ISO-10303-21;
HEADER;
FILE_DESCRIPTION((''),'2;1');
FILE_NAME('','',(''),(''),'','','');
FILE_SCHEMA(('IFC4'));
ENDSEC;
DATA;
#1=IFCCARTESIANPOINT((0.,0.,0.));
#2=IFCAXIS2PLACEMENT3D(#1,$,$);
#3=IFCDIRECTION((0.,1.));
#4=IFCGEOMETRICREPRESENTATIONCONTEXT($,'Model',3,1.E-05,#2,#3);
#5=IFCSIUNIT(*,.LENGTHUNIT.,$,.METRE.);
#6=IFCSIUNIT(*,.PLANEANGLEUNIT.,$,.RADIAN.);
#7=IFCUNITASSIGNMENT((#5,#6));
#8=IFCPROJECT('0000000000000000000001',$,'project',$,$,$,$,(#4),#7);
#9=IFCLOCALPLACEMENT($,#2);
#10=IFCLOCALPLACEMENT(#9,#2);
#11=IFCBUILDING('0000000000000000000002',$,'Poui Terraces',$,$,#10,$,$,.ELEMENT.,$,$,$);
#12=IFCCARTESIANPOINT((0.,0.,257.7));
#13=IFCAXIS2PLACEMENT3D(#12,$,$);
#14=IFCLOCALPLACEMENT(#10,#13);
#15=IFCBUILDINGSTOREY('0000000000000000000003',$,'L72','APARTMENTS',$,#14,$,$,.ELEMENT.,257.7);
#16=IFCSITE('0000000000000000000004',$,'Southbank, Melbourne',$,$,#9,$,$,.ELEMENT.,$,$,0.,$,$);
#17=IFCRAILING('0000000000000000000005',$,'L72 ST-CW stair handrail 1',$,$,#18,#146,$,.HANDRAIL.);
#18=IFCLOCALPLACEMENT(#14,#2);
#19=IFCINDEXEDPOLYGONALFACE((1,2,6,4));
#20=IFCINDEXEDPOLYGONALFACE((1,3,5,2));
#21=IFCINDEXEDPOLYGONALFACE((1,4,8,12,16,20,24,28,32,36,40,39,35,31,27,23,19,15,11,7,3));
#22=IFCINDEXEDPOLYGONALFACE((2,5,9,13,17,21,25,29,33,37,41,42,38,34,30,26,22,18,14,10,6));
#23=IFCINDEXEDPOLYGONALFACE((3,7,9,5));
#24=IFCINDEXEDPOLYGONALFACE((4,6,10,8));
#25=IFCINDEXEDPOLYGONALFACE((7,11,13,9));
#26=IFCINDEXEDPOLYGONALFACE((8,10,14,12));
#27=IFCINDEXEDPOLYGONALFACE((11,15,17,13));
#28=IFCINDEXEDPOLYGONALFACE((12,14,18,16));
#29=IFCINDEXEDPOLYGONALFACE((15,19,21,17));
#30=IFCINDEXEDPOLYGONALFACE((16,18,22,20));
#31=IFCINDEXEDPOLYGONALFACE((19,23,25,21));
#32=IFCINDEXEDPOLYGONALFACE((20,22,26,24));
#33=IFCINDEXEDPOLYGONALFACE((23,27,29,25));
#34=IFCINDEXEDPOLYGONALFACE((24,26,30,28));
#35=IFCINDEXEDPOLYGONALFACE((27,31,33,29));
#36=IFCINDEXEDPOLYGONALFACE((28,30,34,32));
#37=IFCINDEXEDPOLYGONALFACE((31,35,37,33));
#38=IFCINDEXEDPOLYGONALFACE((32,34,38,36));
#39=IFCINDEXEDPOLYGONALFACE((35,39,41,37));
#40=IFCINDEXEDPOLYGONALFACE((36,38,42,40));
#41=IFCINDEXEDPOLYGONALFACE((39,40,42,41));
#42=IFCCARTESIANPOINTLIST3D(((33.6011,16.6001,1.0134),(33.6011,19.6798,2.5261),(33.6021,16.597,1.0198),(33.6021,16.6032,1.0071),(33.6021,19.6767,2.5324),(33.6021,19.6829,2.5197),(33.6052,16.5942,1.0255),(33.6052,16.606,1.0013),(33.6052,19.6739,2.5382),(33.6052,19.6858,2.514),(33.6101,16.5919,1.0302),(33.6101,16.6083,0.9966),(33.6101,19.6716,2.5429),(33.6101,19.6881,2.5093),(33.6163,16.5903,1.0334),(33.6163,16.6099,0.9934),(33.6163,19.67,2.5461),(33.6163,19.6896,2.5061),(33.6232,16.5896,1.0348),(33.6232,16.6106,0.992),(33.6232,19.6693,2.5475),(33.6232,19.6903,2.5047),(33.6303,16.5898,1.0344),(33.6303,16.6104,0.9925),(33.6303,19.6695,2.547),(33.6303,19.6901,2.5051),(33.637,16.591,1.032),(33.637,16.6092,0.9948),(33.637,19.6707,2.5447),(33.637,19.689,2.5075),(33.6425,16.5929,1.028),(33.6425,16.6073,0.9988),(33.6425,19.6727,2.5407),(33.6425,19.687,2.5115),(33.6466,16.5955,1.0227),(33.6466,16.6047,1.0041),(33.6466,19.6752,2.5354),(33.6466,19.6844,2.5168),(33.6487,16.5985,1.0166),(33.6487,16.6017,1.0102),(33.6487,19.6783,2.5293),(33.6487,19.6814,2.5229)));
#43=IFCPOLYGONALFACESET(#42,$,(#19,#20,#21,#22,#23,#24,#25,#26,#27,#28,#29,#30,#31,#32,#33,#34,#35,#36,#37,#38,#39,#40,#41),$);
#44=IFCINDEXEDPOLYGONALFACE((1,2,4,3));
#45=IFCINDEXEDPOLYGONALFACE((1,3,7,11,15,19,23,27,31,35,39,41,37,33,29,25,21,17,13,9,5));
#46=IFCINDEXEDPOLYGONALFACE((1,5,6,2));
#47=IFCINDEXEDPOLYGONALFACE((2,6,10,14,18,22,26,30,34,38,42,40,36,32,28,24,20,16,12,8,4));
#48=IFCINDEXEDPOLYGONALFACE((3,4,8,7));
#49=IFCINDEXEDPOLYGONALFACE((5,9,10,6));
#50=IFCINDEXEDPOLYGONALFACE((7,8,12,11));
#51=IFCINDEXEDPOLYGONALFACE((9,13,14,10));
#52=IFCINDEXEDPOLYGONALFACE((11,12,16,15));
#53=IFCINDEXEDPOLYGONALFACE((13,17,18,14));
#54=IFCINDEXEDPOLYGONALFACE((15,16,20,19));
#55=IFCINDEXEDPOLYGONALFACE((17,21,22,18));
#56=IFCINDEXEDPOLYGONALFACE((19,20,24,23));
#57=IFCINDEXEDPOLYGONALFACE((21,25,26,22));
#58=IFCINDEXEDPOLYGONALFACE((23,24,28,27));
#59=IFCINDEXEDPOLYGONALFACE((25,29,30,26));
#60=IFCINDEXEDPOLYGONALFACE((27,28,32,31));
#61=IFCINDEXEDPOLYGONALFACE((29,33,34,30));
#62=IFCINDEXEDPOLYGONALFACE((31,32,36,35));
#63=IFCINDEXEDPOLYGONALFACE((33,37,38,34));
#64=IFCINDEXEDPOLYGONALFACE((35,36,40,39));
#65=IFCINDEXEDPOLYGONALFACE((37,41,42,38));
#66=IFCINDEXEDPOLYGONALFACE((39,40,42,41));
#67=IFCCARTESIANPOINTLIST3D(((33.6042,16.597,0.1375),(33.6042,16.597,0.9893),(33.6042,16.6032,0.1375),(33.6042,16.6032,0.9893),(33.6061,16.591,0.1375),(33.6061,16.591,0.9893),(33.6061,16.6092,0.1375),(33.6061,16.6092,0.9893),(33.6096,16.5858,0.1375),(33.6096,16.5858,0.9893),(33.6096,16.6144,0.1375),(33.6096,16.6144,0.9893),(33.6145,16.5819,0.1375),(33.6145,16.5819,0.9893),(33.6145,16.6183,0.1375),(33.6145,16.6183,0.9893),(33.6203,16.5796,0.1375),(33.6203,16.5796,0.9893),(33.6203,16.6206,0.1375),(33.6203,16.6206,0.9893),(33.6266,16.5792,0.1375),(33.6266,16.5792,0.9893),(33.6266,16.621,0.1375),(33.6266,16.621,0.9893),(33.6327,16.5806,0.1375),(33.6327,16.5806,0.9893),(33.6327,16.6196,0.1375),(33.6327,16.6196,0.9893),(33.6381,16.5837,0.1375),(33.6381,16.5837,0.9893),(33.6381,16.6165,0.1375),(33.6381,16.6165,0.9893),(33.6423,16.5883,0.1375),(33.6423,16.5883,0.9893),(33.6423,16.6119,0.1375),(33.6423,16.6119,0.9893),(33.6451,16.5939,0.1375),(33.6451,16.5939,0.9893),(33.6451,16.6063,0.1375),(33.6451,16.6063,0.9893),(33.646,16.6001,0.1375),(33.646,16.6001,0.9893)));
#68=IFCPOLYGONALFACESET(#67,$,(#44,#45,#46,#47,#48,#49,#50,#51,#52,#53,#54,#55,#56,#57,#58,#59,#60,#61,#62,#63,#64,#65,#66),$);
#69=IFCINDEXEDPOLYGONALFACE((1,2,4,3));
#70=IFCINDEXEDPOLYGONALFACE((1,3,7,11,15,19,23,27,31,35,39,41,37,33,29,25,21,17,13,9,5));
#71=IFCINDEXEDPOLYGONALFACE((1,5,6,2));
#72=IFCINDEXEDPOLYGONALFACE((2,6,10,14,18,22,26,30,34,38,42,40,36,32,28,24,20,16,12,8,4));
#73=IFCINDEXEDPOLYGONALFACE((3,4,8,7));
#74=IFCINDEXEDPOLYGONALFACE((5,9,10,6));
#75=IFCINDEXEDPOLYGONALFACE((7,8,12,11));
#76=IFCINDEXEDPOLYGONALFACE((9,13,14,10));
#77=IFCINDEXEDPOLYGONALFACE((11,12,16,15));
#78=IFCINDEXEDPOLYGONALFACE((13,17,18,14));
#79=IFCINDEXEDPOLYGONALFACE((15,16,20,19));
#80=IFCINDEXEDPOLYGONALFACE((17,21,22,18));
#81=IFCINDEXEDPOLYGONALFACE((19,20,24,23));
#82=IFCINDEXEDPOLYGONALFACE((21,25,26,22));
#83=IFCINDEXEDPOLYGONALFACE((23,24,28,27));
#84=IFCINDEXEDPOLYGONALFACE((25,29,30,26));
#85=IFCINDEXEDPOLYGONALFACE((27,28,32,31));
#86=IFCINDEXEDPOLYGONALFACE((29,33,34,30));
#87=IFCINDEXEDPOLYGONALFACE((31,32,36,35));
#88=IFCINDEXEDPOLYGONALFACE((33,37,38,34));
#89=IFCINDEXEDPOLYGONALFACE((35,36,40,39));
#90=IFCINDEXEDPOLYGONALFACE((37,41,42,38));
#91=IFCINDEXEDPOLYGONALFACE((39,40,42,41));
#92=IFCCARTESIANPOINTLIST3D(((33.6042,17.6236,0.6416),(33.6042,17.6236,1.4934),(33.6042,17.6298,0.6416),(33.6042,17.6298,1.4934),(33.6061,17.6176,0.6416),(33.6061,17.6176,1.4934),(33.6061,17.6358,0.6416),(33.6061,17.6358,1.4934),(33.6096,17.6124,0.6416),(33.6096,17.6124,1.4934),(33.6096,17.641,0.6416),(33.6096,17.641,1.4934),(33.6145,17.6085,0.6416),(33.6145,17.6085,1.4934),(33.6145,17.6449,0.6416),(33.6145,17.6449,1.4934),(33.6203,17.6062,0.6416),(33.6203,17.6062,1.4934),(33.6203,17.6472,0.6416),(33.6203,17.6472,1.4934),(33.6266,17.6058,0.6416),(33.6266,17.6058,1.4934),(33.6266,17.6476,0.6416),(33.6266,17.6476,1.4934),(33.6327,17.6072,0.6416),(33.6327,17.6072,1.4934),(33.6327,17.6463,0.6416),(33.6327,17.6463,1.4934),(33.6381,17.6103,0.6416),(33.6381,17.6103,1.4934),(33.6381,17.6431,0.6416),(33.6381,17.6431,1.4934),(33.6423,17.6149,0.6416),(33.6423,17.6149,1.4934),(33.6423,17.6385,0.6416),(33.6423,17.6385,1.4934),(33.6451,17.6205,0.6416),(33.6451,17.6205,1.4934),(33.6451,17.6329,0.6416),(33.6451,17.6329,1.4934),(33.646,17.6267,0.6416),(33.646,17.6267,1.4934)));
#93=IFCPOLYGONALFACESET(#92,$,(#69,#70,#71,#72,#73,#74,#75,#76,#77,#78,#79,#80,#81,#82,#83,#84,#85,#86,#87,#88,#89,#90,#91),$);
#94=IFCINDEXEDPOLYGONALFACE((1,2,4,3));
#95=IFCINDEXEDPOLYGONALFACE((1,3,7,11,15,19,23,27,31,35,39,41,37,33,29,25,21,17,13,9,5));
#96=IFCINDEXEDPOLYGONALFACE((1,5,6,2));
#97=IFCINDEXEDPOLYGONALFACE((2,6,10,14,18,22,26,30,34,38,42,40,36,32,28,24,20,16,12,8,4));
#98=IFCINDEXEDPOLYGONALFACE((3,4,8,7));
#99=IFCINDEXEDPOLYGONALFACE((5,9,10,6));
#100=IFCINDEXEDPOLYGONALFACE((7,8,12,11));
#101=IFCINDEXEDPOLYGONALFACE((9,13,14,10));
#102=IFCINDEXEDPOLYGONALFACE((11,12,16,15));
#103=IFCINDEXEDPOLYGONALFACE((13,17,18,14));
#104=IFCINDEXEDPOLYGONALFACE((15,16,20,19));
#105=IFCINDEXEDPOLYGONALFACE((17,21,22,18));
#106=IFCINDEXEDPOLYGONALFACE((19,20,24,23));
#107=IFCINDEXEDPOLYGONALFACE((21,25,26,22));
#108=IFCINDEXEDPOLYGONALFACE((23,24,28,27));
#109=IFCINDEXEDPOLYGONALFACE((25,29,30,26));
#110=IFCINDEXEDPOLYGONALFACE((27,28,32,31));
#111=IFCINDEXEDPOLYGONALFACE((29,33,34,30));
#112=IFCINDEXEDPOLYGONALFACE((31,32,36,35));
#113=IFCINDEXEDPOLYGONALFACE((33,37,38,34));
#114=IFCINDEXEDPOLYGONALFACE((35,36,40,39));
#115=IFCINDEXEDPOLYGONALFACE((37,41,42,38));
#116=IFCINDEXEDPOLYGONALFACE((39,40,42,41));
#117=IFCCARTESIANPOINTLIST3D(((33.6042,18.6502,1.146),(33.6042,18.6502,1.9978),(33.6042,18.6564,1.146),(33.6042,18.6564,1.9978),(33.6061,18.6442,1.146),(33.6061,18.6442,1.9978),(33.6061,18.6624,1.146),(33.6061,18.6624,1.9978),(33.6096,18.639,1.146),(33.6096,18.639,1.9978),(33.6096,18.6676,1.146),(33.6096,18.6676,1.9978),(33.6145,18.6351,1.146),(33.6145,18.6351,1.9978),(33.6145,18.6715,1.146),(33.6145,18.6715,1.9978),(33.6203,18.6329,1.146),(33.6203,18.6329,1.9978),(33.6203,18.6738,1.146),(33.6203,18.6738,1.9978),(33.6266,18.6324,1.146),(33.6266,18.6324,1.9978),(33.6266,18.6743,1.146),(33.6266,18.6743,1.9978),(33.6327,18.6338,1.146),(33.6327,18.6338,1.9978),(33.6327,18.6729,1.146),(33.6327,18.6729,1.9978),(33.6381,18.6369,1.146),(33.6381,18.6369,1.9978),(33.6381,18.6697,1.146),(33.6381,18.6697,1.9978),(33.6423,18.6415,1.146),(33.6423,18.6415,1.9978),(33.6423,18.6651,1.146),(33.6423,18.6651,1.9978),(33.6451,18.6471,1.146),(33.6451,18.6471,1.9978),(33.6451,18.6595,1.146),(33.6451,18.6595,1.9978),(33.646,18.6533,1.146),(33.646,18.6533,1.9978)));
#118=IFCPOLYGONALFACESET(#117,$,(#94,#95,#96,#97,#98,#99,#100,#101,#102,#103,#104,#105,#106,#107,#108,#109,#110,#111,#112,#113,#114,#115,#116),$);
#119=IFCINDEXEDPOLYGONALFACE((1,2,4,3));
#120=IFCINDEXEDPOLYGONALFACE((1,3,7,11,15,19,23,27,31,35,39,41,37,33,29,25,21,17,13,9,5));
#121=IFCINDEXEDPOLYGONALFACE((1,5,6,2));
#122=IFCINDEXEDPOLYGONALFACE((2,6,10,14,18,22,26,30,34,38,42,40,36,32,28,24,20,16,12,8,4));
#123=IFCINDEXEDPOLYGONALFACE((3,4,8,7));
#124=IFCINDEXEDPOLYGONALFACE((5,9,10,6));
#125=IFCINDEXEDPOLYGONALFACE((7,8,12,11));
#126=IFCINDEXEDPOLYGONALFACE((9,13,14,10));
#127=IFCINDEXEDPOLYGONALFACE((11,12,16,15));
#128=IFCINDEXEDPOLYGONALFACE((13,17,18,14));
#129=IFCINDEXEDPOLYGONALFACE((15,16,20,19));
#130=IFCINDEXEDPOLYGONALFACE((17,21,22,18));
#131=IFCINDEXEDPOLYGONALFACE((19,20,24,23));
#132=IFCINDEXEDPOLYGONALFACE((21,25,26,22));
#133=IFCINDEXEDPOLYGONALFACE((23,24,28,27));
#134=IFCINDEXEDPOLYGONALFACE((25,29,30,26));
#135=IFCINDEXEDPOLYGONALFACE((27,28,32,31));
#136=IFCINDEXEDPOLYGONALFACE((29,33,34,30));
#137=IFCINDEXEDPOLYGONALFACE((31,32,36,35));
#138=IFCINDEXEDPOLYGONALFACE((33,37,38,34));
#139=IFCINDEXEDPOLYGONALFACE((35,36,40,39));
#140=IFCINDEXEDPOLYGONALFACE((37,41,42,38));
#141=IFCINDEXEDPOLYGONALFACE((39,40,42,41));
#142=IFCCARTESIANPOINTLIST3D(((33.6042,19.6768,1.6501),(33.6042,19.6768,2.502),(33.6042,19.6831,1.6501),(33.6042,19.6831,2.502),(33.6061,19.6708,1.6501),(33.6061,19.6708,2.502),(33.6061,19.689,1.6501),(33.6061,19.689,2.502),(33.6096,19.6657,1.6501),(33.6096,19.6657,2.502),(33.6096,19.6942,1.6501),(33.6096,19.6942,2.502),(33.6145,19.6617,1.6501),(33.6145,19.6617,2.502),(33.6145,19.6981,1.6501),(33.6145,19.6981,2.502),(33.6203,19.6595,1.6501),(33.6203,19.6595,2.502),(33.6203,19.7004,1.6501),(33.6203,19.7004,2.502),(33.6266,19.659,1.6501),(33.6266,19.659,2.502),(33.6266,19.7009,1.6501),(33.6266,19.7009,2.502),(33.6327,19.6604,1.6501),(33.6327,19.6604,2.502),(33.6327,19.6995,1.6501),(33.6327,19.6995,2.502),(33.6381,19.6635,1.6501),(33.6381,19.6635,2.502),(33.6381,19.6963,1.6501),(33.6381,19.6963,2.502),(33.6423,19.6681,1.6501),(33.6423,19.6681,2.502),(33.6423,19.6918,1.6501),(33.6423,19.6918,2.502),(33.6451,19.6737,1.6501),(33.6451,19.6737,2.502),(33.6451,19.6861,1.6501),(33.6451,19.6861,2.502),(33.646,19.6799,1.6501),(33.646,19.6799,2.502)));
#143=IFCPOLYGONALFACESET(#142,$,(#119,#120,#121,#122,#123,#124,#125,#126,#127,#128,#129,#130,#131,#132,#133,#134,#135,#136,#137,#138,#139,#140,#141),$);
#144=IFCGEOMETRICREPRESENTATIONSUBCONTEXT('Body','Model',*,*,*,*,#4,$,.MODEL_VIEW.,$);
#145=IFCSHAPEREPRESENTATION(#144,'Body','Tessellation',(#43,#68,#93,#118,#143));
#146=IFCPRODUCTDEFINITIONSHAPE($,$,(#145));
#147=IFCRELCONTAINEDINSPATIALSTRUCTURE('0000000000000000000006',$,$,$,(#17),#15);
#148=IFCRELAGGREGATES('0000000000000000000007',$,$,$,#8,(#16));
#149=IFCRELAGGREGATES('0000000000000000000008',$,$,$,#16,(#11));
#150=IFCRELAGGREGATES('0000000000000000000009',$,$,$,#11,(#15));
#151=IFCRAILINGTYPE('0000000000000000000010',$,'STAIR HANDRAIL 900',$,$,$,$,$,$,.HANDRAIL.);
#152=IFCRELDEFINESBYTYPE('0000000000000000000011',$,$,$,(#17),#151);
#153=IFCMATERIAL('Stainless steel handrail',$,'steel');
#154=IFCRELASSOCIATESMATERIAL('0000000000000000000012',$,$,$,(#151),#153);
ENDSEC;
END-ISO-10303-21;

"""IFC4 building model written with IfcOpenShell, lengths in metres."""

from ifc_helpers import new_model, si_unit, direction, frame, origin, origin_2d, place, context, subcontext, project, spatial, circle, extrude, material, type_object, element, save


model = new_model("IFC4")

# Units and contexts
model_context = context("Model", 3, precision=1e-05, world=origin(), true_north=direction((0.0, 1.0)))
body_context = subcontext(model_context, "Body", "Model", "MODEL_VIEW")
ifc_project = project(units=[si_unit("LENGTHUNIT", "METRE"), si_unit("PLANEANGLEUNIT", "RADIAN")], contexts=[model_context])

# Site, building, storey
site_placement = place(None, origin())
site = spatial("IfcSite", under=ifc_project, at=site_placement, Name="Southbank, Melbourne", CompositionType="ELEMENT", RefElevation=0.0)
building_placement = place(site_placement, origin())
building = spatial("IfcBuilding", under=site, at=building_placement, Name="Poui Terraces", CompositionType="ELEMENT")
storey_placement = place(building_placement, frame((0.0, 0.0, 257.7)))
storey = spatial("IfcBuildingStorey", under=building, at=storey_placement, Name="L72", Description="APARTMENTS", CompositionType="ELEMENT", Elevation=257.7)

# Railing
ifc_material_1 = material(Name="Stainless steel handrail", Category="steel")
railing_type_1 = type_object("IfcRailingType", Name="STAIR HANDRAIL 900", PredefinedType="HANDRAIL", material=ifc_material_1)
railing_1_placement = place(storey_placement, frame((33.625, 16.6001, 0.1375)))
element("IfcRailing", 1, at=railing_1_placement, inside=storey, type_object=railing_type_1, Name="L72 ST-CW stair handrail 1", PredefinedType="HANDRAIL", context=body_context, shape_type="SweptSolid", body=[
    extrude(circle(Radius=0.0239, at=origin_2d()), frame((0.0, 0.0, 0.876), z_axis=(0.0, 0.897578, 0.440856), x_axis=(-1.0, 0.0, 0.0)), (0.0, 0.0, 1.0), 3.4312),
    extrude(circle(Radius=0.021, at=origin_2d()), origin(), (0.0, 0.0, 1.0), 0.8518),
    extrude(circle(Radius=0.021, at=origin_2d()), frame((0.0, 1.0266, 0.5042)), (0.0, 0.0, 1.0), 0.8518),
    extrude(circle(Radius=0.021, at=origin_2d()), frame((0.0, 2.0532, 1.0085)), (0.0, 0.0, 1.0), 0.8518),
    extrude(circle(Radius=0.021, at=origin_2d()), frame((0.0, 3.0798, 1.5127)), (0.0, 0.0, 1.0), 0.8518),
])

save(model, "model.ifc")
